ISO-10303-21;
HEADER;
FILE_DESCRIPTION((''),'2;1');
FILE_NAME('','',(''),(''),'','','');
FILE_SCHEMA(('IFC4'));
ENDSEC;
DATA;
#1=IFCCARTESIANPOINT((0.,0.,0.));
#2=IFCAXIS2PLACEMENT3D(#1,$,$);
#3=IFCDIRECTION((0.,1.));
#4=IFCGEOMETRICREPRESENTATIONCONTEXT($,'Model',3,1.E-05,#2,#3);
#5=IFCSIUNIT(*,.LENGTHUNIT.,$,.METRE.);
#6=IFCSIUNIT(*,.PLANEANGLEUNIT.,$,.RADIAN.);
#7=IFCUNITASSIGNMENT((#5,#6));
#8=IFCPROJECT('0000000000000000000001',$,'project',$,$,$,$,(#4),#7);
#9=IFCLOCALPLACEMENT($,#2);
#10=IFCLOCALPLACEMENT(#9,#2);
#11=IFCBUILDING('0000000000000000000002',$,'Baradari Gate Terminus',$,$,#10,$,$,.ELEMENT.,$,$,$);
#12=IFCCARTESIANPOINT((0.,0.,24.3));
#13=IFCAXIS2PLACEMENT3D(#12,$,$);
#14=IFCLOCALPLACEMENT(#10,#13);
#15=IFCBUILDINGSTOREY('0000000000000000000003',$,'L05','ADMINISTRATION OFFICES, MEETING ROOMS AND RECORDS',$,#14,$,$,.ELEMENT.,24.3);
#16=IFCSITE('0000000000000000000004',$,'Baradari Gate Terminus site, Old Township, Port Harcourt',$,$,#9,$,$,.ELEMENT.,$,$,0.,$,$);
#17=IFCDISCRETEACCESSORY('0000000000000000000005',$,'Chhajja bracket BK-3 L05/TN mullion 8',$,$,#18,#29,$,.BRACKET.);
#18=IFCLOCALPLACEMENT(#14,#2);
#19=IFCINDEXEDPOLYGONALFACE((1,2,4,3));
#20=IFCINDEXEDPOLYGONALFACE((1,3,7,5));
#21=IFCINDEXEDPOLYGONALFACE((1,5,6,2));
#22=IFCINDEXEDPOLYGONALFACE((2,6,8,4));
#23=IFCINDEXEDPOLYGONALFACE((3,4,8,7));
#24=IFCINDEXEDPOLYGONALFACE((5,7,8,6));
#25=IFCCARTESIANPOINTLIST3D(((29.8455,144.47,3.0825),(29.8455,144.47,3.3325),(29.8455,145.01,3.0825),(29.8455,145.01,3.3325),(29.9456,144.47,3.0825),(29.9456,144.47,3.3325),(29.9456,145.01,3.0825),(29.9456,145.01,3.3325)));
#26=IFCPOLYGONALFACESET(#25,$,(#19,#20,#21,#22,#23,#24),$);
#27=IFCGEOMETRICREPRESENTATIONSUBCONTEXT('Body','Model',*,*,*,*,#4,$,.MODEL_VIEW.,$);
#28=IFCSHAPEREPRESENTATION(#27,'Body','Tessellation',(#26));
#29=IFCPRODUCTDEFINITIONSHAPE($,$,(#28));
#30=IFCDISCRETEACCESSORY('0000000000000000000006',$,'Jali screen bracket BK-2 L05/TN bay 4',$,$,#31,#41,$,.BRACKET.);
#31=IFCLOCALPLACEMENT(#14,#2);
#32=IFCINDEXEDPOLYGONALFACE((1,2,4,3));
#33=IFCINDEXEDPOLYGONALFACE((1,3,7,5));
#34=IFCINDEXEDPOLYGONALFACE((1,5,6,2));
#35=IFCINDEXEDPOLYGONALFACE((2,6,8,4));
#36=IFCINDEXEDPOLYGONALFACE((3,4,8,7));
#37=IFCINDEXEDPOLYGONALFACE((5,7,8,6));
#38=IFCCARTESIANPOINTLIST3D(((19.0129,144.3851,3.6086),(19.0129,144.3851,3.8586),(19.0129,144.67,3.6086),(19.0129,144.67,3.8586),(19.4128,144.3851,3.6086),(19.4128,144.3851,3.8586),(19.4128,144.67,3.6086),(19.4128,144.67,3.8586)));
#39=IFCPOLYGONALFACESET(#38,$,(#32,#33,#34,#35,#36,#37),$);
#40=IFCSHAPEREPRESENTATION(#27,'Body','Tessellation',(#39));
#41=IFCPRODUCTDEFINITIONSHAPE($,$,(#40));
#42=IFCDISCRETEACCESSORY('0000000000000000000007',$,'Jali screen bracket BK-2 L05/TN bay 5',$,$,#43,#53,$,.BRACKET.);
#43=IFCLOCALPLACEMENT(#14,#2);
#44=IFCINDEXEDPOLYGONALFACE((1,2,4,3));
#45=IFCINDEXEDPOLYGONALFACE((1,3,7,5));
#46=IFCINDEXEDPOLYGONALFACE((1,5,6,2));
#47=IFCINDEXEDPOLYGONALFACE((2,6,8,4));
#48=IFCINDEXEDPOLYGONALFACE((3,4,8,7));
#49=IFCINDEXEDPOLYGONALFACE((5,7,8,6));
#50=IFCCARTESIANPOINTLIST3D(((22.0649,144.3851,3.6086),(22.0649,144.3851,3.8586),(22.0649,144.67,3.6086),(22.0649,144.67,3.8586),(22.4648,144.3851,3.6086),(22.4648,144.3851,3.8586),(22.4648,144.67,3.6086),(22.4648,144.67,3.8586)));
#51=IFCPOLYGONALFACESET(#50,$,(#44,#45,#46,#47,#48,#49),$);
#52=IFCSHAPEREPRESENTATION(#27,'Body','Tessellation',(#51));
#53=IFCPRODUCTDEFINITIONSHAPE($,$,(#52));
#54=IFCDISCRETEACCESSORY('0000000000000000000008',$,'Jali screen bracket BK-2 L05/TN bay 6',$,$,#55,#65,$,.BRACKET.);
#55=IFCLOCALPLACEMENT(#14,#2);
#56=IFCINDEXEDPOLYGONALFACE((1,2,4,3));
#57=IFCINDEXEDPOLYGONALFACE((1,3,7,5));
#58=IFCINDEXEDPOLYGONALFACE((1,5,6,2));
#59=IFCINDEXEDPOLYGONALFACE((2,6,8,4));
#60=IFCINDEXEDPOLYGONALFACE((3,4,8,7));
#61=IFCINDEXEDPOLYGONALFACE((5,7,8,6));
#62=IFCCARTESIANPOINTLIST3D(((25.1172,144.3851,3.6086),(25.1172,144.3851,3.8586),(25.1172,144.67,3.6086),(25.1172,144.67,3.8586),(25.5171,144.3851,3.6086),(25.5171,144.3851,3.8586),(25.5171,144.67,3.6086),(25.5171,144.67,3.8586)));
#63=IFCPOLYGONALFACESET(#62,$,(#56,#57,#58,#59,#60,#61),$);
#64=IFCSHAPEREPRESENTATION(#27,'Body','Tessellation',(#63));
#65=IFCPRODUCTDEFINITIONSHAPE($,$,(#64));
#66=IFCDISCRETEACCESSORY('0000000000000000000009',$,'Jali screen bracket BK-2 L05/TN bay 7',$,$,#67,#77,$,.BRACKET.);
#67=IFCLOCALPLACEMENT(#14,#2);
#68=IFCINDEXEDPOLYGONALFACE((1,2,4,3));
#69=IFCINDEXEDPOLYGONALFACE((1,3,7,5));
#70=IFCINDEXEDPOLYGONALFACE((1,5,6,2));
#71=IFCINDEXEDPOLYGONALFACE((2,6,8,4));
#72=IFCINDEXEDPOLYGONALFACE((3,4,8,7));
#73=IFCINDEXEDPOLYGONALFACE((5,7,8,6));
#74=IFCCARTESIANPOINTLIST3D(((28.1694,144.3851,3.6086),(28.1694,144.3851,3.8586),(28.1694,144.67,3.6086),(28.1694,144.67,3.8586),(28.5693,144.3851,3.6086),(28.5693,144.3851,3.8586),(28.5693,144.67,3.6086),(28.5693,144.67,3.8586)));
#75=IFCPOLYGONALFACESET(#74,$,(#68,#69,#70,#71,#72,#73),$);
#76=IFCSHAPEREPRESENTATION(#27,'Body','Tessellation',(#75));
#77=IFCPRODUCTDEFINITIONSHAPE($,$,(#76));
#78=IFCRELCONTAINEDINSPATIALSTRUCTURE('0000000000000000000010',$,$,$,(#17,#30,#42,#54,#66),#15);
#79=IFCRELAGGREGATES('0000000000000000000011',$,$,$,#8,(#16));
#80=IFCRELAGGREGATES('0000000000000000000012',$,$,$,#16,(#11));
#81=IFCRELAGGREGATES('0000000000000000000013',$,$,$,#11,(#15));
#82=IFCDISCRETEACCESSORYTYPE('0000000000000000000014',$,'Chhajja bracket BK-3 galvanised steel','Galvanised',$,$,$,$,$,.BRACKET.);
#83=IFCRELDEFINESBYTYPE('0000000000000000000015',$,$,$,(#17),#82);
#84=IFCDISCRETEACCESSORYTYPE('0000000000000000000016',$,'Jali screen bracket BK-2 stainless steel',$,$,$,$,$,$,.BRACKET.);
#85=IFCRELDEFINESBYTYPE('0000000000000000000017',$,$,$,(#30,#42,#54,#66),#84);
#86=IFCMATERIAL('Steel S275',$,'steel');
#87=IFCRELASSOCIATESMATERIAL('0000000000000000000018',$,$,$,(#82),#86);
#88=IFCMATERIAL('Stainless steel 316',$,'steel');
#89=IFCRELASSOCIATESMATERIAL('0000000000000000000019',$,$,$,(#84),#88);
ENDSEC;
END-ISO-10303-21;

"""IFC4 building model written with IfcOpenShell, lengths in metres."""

from ifc_helpers import new_model, si_unit, direction, frame, origin, origin_2d, place, context, subcontext, project, spatial, rectangle, extrude, material, type_object, element, save


model = new_model("IFC4")

# Units and contexts
model_context = context("Model", 3, precision=1e-05, world=origin(), true_north=direction((0.0, 1.0)))
body_context = subcontext(model_context, "Body", "Model", "MODEL_VIEW")
ifc_project = project(units=[si_unit("LENGTHUNIT", "METRE"), si_unit("PLANEANGLEUNIT", "RADIAN")], contexts=[model_context])

# Site, building, storey
site_placement = place(None, origin())
site = spatial("IfcSite", under=ifc_project, at=site_placement, Name="Baradari Gate Terminus site, Old Township, Port Harcourt", CompositionType="ELEMENT", RefElevation=0.0)
building_placement = place(site_placement, origin())
building = spatial("IfcBuilding", under=site, at=building_placement, Name="Baradari Gate Terminus", CompositionType="ELEMENT")
storey_placement = place(building_placement, frame((0.0, 0.0, 24.3)))
storey = spatial("IfcBuildingStorey", under=building, at=storey_placement, Name="L05", Description="ADMINISTRATION OFFICES, MEETING ROOMS AND RECORDS", CompositionType="ELEMENT", Elevation=24.3)

# Discrete accessories
ifc_material_1 = material(Name="Steel S275", Category="steel")
discrete_accessory_type_1 = type_object("IfcDiscreteAccessoryType", Name="Chhajja bracket BK-3 galvanised steel", Description="Galvanised", PredefinedType="BRACKET", material=ifc_material_1)
for number, where, z_axis, x_axis, name in (
    (1, (29.8955, 144.74, 3.0825), (0.0, 0.0, 1.0), (0.0, 1.0, 0.0), "Chhajja bracket BK-3 L05/TN mullion 8"),
):
    element("IfcDiscreteAccessory", number, at=place(storey_placement, frame(where, z_axis=z_axis, x_axis=x_axis)), inside=storey, type_object=discrete_accessory_type_1, Name=name, PredefinedType="BRACKET", context=body_context, shape_type="SweptSolid", body=[
        extrude(rectangle(XDim=0.54, YDim=0.1001, at=origin_2d()), origin(), (0.0, 0.0, 1.0), 0.25),
    ])
ifc_material_2 = material(Name="Stainless steel 316", Category="steel")
discrete_accessory_type_2 = type_object("IfcDiscreteAccessoryType", Name="Jali screen bracket BK-2 stainless steel", PredefinedType="BRACKET", material=ifc_material_2)
for number, where, z_axis, x_axis, name in (
    (2, (19.2129, 144.5276, 3.6086), (0.0, 0.0, 1.0), (0.0, 1.0, 0.0), "Jali screen bracket BK-2 L05/TN bay 4"),
    (3, (22.2649, 144.5276, 3.6086), (0.0, 0.0, 1.0), (0.0, 1.0, 0.0), "Jali screen bracket BK-2 L05/TN bay 5"),
    (4, (25.3171, 144.5276, 3.6086), (0.0, 0.0, 1.0), (0.0, 1.0, 0.0), "Jali screen bracket BK-2 L05/TN bay 6"),
    (5, (28.3694, 144.5276, 3.6086), (0.0, 0.0, 1.0), (0.0, 1.0, 0.0), "Jali screen bracket BK-2 L05/TN bay 7"),
):
    element("IfcDiscreteAccessory", number, at=place(storey_placement, frame(where, z_axis=z_axis, x_axis=x_axis)), inside=storey, type_object=discrete_accessory_type_2, Name=name, PredefinedType="BRACKET", context=body_context, shape_type="SweptSolid", body=[
        extrude(rectangle(XDim=0.2849, YDim=0.3999, at=origin_2d()), origin(), (0.0, 0.0, 1.0), 0.25),
    ])

save(model, "model.ifc")
